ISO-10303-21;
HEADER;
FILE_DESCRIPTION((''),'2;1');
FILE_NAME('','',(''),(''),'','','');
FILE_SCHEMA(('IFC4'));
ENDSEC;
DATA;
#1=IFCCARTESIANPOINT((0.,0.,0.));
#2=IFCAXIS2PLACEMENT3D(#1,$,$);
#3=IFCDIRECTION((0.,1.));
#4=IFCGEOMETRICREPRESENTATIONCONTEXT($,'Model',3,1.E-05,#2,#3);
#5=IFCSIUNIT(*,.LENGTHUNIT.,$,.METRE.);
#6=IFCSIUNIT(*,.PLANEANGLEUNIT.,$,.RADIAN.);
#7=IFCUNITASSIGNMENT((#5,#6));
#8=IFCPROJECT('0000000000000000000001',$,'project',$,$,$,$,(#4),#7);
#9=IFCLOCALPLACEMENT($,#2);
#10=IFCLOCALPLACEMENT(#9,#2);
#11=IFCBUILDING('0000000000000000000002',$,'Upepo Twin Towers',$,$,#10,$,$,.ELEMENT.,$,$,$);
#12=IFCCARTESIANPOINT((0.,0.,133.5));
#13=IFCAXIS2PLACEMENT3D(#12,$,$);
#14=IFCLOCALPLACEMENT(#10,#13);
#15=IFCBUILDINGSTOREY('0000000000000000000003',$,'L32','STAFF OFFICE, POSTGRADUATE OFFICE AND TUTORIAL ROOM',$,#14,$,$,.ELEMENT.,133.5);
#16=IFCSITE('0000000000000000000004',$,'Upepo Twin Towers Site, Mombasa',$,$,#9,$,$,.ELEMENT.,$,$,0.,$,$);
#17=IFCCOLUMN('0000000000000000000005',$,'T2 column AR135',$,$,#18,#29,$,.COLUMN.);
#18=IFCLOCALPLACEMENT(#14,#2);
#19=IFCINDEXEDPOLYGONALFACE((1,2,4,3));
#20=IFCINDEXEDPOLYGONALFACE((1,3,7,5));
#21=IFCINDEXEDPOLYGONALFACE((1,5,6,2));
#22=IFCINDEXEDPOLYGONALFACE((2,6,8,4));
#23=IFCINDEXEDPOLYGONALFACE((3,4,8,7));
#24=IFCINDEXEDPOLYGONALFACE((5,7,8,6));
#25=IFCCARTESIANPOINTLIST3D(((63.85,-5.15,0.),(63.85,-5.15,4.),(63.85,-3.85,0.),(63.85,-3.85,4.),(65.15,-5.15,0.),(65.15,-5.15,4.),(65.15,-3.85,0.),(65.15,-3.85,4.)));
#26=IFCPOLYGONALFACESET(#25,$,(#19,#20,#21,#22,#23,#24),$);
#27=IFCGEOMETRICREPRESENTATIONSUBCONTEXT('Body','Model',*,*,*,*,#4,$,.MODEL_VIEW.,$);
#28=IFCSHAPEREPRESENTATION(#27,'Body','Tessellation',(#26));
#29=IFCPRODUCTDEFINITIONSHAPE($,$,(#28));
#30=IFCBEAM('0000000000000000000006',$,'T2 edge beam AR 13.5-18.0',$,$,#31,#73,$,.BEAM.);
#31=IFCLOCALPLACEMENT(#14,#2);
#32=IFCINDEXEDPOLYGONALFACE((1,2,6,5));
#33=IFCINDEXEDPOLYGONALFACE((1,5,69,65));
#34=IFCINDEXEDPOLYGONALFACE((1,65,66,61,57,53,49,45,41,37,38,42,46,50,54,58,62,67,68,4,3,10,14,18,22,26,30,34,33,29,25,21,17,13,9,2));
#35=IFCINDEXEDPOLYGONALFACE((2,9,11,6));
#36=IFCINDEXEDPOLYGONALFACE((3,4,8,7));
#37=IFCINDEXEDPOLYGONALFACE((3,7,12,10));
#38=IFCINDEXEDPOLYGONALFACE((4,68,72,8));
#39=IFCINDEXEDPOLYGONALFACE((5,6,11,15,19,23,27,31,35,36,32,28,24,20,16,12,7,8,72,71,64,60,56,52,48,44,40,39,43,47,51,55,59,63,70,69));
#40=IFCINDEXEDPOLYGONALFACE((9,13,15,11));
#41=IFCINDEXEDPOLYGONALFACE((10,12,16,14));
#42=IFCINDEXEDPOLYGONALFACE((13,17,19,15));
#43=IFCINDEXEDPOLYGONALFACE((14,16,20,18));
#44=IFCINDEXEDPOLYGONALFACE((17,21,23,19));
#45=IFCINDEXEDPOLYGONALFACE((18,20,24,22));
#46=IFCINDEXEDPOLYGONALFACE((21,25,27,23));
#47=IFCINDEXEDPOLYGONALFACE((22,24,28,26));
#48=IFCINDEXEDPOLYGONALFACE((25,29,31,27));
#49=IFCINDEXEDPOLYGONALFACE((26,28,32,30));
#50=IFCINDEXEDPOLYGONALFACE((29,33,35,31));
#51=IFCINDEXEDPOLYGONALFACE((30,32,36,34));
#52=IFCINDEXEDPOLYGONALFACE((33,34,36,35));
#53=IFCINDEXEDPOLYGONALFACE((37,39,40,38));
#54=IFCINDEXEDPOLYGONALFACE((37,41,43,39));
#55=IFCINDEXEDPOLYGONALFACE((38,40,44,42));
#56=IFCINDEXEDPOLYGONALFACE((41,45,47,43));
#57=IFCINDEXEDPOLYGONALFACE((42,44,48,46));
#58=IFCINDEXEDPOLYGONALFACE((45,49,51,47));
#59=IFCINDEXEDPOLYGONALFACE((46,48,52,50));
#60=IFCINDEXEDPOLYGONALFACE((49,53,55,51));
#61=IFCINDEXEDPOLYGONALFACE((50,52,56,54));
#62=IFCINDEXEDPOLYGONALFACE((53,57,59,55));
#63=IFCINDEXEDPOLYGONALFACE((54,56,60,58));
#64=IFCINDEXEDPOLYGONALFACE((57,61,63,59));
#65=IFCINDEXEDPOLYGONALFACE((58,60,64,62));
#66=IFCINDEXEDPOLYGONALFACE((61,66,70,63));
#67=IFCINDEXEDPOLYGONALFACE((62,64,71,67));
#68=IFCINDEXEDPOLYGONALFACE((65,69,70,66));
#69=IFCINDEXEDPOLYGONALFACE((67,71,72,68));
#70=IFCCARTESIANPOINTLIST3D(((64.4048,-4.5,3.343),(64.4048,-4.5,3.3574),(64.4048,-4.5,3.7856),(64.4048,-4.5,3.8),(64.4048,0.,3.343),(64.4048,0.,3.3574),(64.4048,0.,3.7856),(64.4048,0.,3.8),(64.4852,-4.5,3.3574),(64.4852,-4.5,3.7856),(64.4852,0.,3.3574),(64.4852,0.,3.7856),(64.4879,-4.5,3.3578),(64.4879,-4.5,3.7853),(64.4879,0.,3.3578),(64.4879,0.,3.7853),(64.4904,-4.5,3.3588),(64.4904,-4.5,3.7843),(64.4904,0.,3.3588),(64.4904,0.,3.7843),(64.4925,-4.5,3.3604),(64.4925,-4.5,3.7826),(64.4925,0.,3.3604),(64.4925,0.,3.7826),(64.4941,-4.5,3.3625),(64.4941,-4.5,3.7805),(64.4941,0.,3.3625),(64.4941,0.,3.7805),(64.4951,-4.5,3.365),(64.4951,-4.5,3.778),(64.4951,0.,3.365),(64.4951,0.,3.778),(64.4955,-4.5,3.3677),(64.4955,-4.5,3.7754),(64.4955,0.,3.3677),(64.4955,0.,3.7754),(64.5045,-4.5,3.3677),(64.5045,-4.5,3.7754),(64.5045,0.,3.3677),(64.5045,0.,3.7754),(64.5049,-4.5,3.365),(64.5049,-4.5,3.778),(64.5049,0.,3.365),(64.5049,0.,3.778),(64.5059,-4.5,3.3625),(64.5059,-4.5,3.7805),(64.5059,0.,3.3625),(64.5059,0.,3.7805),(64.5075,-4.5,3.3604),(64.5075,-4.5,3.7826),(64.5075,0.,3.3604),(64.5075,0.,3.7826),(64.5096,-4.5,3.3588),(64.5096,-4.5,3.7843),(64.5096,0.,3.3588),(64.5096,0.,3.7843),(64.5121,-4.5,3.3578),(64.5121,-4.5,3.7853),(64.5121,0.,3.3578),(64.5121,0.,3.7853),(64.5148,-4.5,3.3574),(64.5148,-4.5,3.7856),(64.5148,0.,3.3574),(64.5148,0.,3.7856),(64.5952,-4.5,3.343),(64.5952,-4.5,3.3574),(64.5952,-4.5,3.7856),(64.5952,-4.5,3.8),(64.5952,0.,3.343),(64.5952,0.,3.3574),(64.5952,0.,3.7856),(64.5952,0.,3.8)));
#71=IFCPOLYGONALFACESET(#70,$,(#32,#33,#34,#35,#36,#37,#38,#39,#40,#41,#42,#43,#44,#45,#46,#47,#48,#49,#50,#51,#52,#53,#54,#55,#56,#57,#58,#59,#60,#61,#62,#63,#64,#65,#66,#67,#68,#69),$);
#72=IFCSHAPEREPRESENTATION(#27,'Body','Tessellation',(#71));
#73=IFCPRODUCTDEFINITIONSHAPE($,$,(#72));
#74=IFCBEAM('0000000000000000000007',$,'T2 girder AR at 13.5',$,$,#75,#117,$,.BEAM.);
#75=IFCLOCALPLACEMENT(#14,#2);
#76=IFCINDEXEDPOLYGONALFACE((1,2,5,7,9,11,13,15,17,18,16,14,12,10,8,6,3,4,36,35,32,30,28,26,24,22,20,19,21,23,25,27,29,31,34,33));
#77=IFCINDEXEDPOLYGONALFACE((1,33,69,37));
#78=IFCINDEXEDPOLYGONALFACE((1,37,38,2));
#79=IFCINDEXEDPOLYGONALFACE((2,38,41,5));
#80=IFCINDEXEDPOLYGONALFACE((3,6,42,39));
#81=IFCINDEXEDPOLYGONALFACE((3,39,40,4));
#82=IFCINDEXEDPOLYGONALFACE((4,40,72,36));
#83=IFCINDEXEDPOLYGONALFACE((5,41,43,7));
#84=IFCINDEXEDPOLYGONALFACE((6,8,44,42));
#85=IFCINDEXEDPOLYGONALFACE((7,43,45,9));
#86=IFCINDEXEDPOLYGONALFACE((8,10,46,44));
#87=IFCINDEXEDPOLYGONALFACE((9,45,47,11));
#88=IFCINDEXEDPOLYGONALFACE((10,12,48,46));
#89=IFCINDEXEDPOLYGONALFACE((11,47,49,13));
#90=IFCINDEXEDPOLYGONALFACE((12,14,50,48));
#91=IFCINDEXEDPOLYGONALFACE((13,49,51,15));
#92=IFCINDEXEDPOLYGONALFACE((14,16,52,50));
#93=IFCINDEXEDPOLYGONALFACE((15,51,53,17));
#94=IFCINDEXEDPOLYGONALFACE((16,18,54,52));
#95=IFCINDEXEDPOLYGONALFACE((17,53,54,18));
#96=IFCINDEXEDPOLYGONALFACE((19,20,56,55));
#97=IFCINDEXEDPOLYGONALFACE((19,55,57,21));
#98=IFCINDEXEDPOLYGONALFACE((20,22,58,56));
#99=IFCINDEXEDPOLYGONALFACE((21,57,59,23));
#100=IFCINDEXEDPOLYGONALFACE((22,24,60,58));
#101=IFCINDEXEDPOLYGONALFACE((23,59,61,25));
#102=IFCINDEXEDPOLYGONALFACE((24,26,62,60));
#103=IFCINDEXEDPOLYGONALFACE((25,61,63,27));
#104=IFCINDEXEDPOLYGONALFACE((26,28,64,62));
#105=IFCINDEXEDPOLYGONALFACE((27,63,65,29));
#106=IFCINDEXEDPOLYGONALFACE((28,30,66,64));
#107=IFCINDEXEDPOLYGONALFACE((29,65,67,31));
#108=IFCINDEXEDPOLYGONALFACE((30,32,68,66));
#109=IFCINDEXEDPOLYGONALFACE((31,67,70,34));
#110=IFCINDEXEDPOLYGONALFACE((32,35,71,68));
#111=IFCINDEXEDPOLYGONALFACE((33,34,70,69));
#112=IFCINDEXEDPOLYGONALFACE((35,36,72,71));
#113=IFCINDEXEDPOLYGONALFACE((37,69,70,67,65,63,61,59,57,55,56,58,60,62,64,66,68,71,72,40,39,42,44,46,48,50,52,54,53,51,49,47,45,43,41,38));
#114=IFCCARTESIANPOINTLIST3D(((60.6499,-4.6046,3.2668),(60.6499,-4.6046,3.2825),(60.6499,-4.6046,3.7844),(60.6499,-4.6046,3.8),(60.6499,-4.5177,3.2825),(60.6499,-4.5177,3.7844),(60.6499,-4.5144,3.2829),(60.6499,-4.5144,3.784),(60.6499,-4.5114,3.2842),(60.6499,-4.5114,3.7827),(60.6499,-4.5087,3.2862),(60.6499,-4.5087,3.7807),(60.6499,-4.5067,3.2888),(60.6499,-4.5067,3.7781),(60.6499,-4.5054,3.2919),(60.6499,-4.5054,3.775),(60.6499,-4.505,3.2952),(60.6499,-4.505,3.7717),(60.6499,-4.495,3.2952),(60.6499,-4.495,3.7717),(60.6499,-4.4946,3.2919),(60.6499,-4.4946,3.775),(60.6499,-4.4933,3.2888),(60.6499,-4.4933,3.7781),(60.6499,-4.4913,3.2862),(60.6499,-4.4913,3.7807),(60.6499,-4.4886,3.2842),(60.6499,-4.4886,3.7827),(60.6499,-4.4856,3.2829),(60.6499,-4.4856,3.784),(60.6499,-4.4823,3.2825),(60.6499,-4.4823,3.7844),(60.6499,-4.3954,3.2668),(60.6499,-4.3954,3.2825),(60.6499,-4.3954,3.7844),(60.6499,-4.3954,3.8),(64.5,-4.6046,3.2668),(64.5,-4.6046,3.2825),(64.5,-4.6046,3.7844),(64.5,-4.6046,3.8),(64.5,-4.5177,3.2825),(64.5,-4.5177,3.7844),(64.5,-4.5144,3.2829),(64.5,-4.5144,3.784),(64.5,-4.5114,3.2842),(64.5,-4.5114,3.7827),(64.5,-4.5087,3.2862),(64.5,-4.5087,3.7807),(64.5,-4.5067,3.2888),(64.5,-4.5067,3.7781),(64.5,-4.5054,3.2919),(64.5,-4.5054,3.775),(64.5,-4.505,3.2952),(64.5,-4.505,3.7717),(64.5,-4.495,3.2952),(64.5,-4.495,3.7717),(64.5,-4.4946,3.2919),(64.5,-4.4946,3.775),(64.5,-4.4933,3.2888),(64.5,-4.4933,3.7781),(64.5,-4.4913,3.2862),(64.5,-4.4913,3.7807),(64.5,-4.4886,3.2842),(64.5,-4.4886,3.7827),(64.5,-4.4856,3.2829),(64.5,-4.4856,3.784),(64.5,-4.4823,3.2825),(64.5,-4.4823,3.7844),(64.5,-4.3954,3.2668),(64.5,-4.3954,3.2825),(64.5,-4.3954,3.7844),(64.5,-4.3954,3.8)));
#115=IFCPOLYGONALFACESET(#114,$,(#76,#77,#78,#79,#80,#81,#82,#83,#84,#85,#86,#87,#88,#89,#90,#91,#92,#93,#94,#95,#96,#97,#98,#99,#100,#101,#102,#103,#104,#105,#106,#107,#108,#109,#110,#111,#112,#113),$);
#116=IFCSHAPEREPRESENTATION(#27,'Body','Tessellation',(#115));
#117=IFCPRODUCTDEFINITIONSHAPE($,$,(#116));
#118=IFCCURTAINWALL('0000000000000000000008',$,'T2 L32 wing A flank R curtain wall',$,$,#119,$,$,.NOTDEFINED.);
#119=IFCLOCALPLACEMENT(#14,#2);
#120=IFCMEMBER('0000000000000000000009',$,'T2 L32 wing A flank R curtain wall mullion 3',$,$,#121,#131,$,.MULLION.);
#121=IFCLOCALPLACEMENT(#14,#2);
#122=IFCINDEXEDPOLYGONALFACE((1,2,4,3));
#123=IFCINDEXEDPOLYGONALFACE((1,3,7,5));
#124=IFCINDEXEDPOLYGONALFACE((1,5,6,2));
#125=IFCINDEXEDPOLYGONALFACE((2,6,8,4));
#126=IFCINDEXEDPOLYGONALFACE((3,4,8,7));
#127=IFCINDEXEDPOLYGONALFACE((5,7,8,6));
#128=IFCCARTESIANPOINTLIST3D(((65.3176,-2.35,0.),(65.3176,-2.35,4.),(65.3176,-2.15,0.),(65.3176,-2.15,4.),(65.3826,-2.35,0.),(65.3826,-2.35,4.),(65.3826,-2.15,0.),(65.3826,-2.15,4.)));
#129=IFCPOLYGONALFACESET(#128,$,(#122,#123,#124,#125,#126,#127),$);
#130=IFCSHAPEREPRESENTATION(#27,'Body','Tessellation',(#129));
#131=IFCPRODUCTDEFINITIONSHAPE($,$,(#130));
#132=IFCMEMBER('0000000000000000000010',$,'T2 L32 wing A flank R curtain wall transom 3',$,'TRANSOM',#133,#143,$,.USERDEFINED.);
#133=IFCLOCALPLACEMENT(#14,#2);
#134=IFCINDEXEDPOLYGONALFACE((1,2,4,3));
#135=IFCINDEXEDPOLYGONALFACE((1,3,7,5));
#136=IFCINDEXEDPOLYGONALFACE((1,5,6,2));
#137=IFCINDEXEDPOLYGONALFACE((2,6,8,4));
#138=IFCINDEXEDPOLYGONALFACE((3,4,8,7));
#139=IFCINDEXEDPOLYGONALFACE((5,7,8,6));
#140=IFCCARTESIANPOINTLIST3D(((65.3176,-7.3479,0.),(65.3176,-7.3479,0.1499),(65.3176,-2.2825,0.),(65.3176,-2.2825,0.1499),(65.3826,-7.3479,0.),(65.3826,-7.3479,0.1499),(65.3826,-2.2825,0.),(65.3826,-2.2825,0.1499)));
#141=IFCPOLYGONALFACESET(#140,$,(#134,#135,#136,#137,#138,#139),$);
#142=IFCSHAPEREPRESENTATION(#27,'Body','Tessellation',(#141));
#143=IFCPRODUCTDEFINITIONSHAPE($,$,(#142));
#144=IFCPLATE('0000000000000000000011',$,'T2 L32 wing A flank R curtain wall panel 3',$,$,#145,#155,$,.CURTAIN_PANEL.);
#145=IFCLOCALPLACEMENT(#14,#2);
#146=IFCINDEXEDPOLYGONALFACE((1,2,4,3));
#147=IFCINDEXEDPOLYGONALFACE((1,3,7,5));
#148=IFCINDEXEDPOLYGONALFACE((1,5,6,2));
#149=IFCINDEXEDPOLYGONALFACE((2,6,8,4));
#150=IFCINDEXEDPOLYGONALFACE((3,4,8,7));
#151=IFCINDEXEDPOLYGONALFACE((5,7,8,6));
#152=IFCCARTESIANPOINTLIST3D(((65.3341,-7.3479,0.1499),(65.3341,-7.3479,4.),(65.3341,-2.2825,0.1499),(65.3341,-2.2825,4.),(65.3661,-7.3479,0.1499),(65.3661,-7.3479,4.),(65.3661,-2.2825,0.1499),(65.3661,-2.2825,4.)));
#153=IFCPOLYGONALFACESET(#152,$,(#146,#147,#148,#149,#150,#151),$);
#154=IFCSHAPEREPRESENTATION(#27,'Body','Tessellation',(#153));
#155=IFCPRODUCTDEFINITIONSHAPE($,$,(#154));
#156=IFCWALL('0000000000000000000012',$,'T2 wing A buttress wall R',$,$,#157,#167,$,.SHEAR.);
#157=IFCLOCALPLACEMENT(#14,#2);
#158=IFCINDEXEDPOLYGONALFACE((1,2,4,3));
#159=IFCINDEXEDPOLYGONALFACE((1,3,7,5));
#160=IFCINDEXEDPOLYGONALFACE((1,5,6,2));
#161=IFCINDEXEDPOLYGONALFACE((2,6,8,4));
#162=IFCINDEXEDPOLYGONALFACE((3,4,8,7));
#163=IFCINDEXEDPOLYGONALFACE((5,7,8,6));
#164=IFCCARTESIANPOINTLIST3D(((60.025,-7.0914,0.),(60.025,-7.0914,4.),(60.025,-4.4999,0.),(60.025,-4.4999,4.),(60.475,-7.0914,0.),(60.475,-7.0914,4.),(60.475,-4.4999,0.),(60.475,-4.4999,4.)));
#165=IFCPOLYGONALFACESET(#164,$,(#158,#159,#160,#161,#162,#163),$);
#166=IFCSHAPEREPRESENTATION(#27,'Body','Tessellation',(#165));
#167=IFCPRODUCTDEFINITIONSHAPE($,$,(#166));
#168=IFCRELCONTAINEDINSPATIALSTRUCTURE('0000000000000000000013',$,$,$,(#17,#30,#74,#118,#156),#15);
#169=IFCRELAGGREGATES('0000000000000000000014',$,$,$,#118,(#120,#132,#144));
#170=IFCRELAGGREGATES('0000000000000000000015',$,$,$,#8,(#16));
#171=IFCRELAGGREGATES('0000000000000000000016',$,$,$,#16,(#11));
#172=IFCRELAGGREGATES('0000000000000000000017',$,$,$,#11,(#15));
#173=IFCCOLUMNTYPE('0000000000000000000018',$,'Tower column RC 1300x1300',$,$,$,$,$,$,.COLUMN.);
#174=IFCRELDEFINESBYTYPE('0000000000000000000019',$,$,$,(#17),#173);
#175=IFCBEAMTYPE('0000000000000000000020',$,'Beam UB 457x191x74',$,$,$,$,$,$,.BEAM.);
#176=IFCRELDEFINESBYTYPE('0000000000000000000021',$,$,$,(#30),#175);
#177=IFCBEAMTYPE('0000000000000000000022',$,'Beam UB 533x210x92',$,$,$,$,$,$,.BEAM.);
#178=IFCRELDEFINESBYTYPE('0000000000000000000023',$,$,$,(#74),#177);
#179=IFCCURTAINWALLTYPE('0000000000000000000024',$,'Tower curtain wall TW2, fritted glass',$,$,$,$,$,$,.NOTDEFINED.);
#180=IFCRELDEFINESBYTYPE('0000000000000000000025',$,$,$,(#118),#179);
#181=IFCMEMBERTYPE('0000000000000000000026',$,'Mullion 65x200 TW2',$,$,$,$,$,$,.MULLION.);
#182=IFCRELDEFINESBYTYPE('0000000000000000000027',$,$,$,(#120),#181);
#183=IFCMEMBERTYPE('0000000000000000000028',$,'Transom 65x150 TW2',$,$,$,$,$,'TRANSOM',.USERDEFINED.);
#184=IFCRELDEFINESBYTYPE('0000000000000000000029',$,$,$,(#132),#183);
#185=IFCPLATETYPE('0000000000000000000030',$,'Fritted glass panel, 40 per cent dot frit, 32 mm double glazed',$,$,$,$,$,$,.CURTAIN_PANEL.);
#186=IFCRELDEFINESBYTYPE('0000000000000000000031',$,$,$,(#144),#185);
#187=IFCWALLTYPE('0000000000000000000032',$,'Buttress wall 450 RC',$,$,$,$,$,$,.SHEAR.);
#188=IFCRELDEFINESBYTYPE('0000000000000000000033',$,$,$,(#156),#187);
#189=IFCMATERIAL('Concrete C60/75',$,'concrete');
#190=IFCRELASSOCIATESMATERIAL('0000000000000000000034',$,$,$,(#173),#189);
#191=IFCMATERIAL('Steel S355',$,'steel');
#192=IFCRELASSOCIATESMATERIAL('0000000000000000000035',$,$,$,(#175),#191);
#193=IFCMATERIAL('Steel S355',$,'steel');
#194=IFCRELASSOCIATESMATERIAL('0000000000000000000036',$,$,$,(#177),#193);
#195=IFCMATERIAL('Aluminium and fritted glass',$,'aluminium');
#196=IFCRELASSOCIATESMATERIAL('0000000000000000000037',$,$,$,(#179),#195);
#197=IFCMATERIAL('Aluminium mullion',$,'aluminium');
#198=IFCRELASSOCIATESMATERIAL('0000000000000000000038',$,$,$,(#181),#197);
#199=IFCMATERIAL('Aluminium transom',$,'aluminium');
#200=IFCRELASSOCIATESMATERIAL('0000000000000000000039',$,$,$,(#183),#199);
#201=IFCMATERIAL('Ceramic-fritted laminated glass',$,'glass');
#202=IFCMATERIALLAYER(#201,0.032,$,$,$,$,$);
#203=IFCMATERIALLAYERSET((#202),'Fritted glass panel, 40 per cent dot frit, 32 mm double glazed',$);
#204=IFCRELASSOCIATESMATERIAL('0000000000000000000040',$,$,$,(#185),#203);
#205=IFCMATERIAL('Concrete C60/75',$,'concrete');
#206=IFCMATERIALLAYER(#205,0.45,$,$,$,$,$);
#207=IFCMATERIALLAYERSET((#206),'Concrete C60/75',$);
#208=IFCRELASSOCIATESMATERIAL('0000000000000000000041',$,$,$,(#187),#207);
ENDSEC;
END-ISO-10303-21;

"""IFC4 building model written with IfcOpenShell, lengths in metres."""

from ifc_helpers import new_model, si_unit, direction, frame, frame_2d, origin, origin_2d, place, context, subcontext, project, spatial, rectangle, i_section, extrude, material, layer, layer_set, material_profile, profile_set, type_object, element, aggregate, save


model = new_model("IFC4")

# Units and contexts
model_context = context("Model", 3, precision=1e-05, world=origin(), true_north=direction((0.0, 1.0)))
body_context = subcontext(model_context, "Body", "Model", "MODEL_VIEW")
ifc_project = project(units=[si_unit("LENGTHUNIT", "METRE"), si_unit("PLANEANGLEUNIT", "RADIAN")], contexts=[model_context])

# Site, building, storey
site_placement = place(None, origin())
site = spatial("IfcSite", under=ifc_project, at=site_placement, Name="Upepo Twin Towers Site, Mombasa", CompositionType="ELEMENT", RefElevation=0.0)
building_placement = place(site_placement, origin())
building = spatial("IfcBuilding", under=site, at=building_placement, Name="Upepo Twin Towers", CompositionType="ELEMENT")
storey_placement = place(building_placement, frame((0.0, 0.0, 133.5)))
storey = spatial("IfcBuildingStorey", under=building, at=storey_placement, Name="L32", Description="STAFF OFFICE, POSTGRADUATE OFFICE AND TUTORIAL ROOM", CompositionType="ELEMENT", Elevation=133.5)

# Column
ifc_material_1 = material(Name="Concrete C60/75", Category="concrete")
ifc_material_profile_1 = material_profile(ifc_material_1, rectangle(XDim=1.3, YDim=1.3, at=origin_2d()), Name="RC 1300x1300")
ifc_profile_set_1 = profile_set([ifc_material_profile_1], Name="Concrete C60/75")
column_type = type_object("IfcColumnType", Name="Tower column RC 1300x1300", PredefinedType="COLUMN", material=ifc_profile_set_1)
column_placement = place(storey_placement, frame((64.5, -4.5, 0.0), z_axis=(0.0, 0.0, 1.0), x_axis=(1.0, 0.0, 0.0)))
element("IfcColumn", 1, at=column_placement, inside=storey, type_object=column_type, Name="T2 column AR135", PredefinedType="COLUMN", context=body_context, shape_type="SweptSolid", body=[
    extrude(rectangle(XDim=1.3, YDim=1.3, at=origin_2d()), origin(), (0.0, 0.0, 1.0), 4.0),
])

# Beams
ifc_material_2 = material(Name="Steel S355", Category="steel")
ifc_material_profile_2 = material_profile(ifc_material_2, i_section(OverallWidth=0.1904, OverallDepth=0.457, WebThickness=0.009, FlangeThickness=0.0144, FilletRadius=0.0103, at=origin_2d()), Name="UB 457x191x74")
ifc_profile_set_2 = profile_set([ifc_material_profile_2], Name="Steel S355")
beam_type_1 = type_object("IfcBeamType", Name="Beam UB 457x191x74", PredefinedType="BEAM", material=ifc_profile_set_2)
beam_1_placement = place(storey_placement, frame((64.5, -4.5, 3.5715), z_axis=(0.0, 1.0, 0.0), x_axis=(-1.0, 0.0, 0.0)))
element("IfcBeam", 2, at=beam_1_placement, inside=storey, type_object=beam_type_1, Name="T2 edge beam AR 13.5-18.0", PredefinedType="BEAM", context=body_context, shape_type="SweptSolid", body=[
    extrude(i_section(OverallWidth=0.1904, OverallDepth=0.457, WebThickness=0.009, FlangeThickness=0.0144, FilletRadius=0.0103, at=origin_2d()), origin(), (0.0, 0.0, 1.0), 4.5),
])
ifc_material_3 = material(Name="Steel S355", Category="steel")
ifc_material_profile_3 = material_profile(ifc_material_3, i_section(OverallWidth=0.2092, OverallDepth=0.5332, WebThickness=0.01, FlangeThickness=0.0156, FilletRadius=0.0127, at=origin_2d()), Name="UB 533x210x92")
ifc_profile_set_3 = profile_set([ifc_material_profile_3], Name="Steel S355")
beam_type_2 = type_object("IfcBeamType", Name="Beam UB 533x210x92", PredefinedType="BEAM", material=ifc_profile_set_3)
beam_2_placement = place(storey_placement, frame((64.5, -4.5, 3.5334), z_axis=(-1.0, 0.0, 0.0), x_axis=(0.0, -1.0, 0.0)))
element("IfcBeam", 3, at=beam_2_placement, inside=storey, type_object=beam_type_2, Name="T2 girder AR at 13.5", PredefinedType="BEAM", context=body_context, shape_type="SweptSolid", body=[
    extrude(i_section(OverallWidth=0.2092, OverallDepth=0.5332, WebThickness=0.01, FlangeThickness=0.0156, FilletRadius=0.0127, at=origin_2d()), origin(), (0.0, 0.0, 1.0), 3.8501),
])

# Curtain wall, members, plate
ifc_material_4 = material(Name="Aluminium and fritted glass", Category="aluminium")
curtain_wall_type = type_object("IfcCurtainWallType", Name="Tower curtain wall TW2, fritted glass", PredefinedType="NOTDEFINED", material=ifc_material_4)
curtain_wall_placement = place(storey_placement, origin())
curtain_wall = element("IfcCurtainWall", 4, at=curtain_wall_placement, inside=storey, type_object=curtain_wall_type, Name="T2 L32 wing A flank R curtain wall", PredefinedType="NOTDEFINED")
ifc_material_5 = material(Name="Aluminium mullion", Category="aluminium")
ifc_material_profile_4 = material_profile(ifc_material_5, rectangle(XDim=0.0649, YDim=0.2, at=origin_2d()), Name="MULLION 65x200")
ifc_profile_set_4 = profile_set([ifc_material_profile_4], Name="Aluminium mullion")
member_type_1 = type_object("IfcMemberType", Name="Mullion 65x200 TW2", PredefinedType="MULLION", material=ifc_profile_set_4)
member_1_placement = place(storey_placement, frame((65.3501, -2.25, 0.0), z_axis=(0.0, 0.0, 1.0), x_axis=(1.0, 0.0, 0.0)))
member_1 = element("IfcMember", 5, at=member_1_placement, type_object=member_type_1, Name="T2 L32 wing A flank R curtain wall mullion 3", PredefinedType="MULLION", context=body_context, shape_type="SweptSolid", body=[
    extrude(rectangle(XDim=0.0649, YDim=0.2, at=origin_2d()), origin(), (0.0, 0.0, 1.0), 4.0),
])
ifc_material_6 = material(Name="Aluminium transom", Category="aluminium")
ifc_material_profile_5 = material_profile(ifc_material_6, rectangle(XDim=0.0649, YDim=0.1499, at=origin_2d()), Name="TRANSOM 65x150")
ifc_profile_set_5 = profile_set([ifc_material_profile_5], Name="Aluminium transom")
member_type_2 = type_object("IfcMemberType", Name="Transom 65x150 TW2", ElementType="TRANSOM", PredefinedType="USERDEFINED", material=ifc_profile_set_5)
member_2_placement = place(storey_placement, frame((65.3501, -2.2825, 0.075), z_axis=(0.0, -1.0, 0.0), x_axis=(1.0, 0.0, 0.0)))
member_2 = element("IfcMember", 6, at=member_2_placement, type_object=member_type_2, Name="T2 L32 wing A flank R curtain wall transom 3", ObjectType="TRANSOM", PredefinedType="USERDEFINED", context=body_context, shape_type="SweptSolid", body=[
    extrude(rectangle(XDim=0.0649, YDim=0.1499, at=origin_2d()), origin(), (0.0, 0.0, 1.0), 5.0654),
])
ifc_material_7 = material(Name="Ceramic-fritted laminated glass", Category="glass")
ifc_layer_1 = layer(ifc_material_7, 0.032)
ifc_layer_set_1 = layer_set([ifc_layer_1], Name="Fritted glass panel, 40 per cent dot frit, 32 mm double glazed")
plate_type = type_object("IfcPlateType", Name="Fritted glass panel, 40 per cent dot frit, 32 mm double glazed", PredefinedType="CURTAIN_PANEL", material=ifc_layer_set_1)
plate_placement = place(storey_placement, frame((65.3501, -4.8152, 0.1499), z_axis=(0.0, 0.0, 1.0), x_axis=(0.0, -1.0, 0.0)))
plate = element("IfcPlate", 7, at=plate_placement, type_object=plate_type, Name="T2 L32 wing A flank R curtain wall panel 3", PredefinedType="CURTAIN_PANEL", context=body_context, shape_type="SweptSolid", body=[
    extrude(rectangle(XDim=5.0654, YDim=0.032, at=origin_2d()), origin(), (0.0, 0.0, 1.0), 3.8501),
])
aggregate(curtain_wall, [member_1, member_2, plate])

# Wall
ifc_material_8 = material(Name="Concrete C60/75", Category="concrete")
ifc_layer_2 = layer(ifc_material_8, 0.45)
ifc_layer_set_2 = layer_set([ifc_layer_2], Name="Concrete C60/75")
wall_type_1 = type_object("IfcWallType", Name="Buttress wall 450 RC", PredefinedType="SHEAR", material=ifc_layer_set_2)
wall_1_placement = place(storey_placement, frame((60.25, -7.0916, 0.0), z_axis=(0.0, 0.0, 1.0), x_axis=(0.0, 1.0, 0.0)))
element("IfcWall", 8, at=wall_1_placement, inside=storey, type_object=wall_type_1, Name="T2 wing A buttress wall R", PredefinedType="SHEAR", context=body_context, shape_type="SweptSolid", body=[
    extrude(rectangle(XDim=2.5916, YDim=0.45, at=frame_2d((1.2959, 0.0))), origin(), (0.0, 0.0, 1.0), 4.0),
])

save(model, "model.ifc")
